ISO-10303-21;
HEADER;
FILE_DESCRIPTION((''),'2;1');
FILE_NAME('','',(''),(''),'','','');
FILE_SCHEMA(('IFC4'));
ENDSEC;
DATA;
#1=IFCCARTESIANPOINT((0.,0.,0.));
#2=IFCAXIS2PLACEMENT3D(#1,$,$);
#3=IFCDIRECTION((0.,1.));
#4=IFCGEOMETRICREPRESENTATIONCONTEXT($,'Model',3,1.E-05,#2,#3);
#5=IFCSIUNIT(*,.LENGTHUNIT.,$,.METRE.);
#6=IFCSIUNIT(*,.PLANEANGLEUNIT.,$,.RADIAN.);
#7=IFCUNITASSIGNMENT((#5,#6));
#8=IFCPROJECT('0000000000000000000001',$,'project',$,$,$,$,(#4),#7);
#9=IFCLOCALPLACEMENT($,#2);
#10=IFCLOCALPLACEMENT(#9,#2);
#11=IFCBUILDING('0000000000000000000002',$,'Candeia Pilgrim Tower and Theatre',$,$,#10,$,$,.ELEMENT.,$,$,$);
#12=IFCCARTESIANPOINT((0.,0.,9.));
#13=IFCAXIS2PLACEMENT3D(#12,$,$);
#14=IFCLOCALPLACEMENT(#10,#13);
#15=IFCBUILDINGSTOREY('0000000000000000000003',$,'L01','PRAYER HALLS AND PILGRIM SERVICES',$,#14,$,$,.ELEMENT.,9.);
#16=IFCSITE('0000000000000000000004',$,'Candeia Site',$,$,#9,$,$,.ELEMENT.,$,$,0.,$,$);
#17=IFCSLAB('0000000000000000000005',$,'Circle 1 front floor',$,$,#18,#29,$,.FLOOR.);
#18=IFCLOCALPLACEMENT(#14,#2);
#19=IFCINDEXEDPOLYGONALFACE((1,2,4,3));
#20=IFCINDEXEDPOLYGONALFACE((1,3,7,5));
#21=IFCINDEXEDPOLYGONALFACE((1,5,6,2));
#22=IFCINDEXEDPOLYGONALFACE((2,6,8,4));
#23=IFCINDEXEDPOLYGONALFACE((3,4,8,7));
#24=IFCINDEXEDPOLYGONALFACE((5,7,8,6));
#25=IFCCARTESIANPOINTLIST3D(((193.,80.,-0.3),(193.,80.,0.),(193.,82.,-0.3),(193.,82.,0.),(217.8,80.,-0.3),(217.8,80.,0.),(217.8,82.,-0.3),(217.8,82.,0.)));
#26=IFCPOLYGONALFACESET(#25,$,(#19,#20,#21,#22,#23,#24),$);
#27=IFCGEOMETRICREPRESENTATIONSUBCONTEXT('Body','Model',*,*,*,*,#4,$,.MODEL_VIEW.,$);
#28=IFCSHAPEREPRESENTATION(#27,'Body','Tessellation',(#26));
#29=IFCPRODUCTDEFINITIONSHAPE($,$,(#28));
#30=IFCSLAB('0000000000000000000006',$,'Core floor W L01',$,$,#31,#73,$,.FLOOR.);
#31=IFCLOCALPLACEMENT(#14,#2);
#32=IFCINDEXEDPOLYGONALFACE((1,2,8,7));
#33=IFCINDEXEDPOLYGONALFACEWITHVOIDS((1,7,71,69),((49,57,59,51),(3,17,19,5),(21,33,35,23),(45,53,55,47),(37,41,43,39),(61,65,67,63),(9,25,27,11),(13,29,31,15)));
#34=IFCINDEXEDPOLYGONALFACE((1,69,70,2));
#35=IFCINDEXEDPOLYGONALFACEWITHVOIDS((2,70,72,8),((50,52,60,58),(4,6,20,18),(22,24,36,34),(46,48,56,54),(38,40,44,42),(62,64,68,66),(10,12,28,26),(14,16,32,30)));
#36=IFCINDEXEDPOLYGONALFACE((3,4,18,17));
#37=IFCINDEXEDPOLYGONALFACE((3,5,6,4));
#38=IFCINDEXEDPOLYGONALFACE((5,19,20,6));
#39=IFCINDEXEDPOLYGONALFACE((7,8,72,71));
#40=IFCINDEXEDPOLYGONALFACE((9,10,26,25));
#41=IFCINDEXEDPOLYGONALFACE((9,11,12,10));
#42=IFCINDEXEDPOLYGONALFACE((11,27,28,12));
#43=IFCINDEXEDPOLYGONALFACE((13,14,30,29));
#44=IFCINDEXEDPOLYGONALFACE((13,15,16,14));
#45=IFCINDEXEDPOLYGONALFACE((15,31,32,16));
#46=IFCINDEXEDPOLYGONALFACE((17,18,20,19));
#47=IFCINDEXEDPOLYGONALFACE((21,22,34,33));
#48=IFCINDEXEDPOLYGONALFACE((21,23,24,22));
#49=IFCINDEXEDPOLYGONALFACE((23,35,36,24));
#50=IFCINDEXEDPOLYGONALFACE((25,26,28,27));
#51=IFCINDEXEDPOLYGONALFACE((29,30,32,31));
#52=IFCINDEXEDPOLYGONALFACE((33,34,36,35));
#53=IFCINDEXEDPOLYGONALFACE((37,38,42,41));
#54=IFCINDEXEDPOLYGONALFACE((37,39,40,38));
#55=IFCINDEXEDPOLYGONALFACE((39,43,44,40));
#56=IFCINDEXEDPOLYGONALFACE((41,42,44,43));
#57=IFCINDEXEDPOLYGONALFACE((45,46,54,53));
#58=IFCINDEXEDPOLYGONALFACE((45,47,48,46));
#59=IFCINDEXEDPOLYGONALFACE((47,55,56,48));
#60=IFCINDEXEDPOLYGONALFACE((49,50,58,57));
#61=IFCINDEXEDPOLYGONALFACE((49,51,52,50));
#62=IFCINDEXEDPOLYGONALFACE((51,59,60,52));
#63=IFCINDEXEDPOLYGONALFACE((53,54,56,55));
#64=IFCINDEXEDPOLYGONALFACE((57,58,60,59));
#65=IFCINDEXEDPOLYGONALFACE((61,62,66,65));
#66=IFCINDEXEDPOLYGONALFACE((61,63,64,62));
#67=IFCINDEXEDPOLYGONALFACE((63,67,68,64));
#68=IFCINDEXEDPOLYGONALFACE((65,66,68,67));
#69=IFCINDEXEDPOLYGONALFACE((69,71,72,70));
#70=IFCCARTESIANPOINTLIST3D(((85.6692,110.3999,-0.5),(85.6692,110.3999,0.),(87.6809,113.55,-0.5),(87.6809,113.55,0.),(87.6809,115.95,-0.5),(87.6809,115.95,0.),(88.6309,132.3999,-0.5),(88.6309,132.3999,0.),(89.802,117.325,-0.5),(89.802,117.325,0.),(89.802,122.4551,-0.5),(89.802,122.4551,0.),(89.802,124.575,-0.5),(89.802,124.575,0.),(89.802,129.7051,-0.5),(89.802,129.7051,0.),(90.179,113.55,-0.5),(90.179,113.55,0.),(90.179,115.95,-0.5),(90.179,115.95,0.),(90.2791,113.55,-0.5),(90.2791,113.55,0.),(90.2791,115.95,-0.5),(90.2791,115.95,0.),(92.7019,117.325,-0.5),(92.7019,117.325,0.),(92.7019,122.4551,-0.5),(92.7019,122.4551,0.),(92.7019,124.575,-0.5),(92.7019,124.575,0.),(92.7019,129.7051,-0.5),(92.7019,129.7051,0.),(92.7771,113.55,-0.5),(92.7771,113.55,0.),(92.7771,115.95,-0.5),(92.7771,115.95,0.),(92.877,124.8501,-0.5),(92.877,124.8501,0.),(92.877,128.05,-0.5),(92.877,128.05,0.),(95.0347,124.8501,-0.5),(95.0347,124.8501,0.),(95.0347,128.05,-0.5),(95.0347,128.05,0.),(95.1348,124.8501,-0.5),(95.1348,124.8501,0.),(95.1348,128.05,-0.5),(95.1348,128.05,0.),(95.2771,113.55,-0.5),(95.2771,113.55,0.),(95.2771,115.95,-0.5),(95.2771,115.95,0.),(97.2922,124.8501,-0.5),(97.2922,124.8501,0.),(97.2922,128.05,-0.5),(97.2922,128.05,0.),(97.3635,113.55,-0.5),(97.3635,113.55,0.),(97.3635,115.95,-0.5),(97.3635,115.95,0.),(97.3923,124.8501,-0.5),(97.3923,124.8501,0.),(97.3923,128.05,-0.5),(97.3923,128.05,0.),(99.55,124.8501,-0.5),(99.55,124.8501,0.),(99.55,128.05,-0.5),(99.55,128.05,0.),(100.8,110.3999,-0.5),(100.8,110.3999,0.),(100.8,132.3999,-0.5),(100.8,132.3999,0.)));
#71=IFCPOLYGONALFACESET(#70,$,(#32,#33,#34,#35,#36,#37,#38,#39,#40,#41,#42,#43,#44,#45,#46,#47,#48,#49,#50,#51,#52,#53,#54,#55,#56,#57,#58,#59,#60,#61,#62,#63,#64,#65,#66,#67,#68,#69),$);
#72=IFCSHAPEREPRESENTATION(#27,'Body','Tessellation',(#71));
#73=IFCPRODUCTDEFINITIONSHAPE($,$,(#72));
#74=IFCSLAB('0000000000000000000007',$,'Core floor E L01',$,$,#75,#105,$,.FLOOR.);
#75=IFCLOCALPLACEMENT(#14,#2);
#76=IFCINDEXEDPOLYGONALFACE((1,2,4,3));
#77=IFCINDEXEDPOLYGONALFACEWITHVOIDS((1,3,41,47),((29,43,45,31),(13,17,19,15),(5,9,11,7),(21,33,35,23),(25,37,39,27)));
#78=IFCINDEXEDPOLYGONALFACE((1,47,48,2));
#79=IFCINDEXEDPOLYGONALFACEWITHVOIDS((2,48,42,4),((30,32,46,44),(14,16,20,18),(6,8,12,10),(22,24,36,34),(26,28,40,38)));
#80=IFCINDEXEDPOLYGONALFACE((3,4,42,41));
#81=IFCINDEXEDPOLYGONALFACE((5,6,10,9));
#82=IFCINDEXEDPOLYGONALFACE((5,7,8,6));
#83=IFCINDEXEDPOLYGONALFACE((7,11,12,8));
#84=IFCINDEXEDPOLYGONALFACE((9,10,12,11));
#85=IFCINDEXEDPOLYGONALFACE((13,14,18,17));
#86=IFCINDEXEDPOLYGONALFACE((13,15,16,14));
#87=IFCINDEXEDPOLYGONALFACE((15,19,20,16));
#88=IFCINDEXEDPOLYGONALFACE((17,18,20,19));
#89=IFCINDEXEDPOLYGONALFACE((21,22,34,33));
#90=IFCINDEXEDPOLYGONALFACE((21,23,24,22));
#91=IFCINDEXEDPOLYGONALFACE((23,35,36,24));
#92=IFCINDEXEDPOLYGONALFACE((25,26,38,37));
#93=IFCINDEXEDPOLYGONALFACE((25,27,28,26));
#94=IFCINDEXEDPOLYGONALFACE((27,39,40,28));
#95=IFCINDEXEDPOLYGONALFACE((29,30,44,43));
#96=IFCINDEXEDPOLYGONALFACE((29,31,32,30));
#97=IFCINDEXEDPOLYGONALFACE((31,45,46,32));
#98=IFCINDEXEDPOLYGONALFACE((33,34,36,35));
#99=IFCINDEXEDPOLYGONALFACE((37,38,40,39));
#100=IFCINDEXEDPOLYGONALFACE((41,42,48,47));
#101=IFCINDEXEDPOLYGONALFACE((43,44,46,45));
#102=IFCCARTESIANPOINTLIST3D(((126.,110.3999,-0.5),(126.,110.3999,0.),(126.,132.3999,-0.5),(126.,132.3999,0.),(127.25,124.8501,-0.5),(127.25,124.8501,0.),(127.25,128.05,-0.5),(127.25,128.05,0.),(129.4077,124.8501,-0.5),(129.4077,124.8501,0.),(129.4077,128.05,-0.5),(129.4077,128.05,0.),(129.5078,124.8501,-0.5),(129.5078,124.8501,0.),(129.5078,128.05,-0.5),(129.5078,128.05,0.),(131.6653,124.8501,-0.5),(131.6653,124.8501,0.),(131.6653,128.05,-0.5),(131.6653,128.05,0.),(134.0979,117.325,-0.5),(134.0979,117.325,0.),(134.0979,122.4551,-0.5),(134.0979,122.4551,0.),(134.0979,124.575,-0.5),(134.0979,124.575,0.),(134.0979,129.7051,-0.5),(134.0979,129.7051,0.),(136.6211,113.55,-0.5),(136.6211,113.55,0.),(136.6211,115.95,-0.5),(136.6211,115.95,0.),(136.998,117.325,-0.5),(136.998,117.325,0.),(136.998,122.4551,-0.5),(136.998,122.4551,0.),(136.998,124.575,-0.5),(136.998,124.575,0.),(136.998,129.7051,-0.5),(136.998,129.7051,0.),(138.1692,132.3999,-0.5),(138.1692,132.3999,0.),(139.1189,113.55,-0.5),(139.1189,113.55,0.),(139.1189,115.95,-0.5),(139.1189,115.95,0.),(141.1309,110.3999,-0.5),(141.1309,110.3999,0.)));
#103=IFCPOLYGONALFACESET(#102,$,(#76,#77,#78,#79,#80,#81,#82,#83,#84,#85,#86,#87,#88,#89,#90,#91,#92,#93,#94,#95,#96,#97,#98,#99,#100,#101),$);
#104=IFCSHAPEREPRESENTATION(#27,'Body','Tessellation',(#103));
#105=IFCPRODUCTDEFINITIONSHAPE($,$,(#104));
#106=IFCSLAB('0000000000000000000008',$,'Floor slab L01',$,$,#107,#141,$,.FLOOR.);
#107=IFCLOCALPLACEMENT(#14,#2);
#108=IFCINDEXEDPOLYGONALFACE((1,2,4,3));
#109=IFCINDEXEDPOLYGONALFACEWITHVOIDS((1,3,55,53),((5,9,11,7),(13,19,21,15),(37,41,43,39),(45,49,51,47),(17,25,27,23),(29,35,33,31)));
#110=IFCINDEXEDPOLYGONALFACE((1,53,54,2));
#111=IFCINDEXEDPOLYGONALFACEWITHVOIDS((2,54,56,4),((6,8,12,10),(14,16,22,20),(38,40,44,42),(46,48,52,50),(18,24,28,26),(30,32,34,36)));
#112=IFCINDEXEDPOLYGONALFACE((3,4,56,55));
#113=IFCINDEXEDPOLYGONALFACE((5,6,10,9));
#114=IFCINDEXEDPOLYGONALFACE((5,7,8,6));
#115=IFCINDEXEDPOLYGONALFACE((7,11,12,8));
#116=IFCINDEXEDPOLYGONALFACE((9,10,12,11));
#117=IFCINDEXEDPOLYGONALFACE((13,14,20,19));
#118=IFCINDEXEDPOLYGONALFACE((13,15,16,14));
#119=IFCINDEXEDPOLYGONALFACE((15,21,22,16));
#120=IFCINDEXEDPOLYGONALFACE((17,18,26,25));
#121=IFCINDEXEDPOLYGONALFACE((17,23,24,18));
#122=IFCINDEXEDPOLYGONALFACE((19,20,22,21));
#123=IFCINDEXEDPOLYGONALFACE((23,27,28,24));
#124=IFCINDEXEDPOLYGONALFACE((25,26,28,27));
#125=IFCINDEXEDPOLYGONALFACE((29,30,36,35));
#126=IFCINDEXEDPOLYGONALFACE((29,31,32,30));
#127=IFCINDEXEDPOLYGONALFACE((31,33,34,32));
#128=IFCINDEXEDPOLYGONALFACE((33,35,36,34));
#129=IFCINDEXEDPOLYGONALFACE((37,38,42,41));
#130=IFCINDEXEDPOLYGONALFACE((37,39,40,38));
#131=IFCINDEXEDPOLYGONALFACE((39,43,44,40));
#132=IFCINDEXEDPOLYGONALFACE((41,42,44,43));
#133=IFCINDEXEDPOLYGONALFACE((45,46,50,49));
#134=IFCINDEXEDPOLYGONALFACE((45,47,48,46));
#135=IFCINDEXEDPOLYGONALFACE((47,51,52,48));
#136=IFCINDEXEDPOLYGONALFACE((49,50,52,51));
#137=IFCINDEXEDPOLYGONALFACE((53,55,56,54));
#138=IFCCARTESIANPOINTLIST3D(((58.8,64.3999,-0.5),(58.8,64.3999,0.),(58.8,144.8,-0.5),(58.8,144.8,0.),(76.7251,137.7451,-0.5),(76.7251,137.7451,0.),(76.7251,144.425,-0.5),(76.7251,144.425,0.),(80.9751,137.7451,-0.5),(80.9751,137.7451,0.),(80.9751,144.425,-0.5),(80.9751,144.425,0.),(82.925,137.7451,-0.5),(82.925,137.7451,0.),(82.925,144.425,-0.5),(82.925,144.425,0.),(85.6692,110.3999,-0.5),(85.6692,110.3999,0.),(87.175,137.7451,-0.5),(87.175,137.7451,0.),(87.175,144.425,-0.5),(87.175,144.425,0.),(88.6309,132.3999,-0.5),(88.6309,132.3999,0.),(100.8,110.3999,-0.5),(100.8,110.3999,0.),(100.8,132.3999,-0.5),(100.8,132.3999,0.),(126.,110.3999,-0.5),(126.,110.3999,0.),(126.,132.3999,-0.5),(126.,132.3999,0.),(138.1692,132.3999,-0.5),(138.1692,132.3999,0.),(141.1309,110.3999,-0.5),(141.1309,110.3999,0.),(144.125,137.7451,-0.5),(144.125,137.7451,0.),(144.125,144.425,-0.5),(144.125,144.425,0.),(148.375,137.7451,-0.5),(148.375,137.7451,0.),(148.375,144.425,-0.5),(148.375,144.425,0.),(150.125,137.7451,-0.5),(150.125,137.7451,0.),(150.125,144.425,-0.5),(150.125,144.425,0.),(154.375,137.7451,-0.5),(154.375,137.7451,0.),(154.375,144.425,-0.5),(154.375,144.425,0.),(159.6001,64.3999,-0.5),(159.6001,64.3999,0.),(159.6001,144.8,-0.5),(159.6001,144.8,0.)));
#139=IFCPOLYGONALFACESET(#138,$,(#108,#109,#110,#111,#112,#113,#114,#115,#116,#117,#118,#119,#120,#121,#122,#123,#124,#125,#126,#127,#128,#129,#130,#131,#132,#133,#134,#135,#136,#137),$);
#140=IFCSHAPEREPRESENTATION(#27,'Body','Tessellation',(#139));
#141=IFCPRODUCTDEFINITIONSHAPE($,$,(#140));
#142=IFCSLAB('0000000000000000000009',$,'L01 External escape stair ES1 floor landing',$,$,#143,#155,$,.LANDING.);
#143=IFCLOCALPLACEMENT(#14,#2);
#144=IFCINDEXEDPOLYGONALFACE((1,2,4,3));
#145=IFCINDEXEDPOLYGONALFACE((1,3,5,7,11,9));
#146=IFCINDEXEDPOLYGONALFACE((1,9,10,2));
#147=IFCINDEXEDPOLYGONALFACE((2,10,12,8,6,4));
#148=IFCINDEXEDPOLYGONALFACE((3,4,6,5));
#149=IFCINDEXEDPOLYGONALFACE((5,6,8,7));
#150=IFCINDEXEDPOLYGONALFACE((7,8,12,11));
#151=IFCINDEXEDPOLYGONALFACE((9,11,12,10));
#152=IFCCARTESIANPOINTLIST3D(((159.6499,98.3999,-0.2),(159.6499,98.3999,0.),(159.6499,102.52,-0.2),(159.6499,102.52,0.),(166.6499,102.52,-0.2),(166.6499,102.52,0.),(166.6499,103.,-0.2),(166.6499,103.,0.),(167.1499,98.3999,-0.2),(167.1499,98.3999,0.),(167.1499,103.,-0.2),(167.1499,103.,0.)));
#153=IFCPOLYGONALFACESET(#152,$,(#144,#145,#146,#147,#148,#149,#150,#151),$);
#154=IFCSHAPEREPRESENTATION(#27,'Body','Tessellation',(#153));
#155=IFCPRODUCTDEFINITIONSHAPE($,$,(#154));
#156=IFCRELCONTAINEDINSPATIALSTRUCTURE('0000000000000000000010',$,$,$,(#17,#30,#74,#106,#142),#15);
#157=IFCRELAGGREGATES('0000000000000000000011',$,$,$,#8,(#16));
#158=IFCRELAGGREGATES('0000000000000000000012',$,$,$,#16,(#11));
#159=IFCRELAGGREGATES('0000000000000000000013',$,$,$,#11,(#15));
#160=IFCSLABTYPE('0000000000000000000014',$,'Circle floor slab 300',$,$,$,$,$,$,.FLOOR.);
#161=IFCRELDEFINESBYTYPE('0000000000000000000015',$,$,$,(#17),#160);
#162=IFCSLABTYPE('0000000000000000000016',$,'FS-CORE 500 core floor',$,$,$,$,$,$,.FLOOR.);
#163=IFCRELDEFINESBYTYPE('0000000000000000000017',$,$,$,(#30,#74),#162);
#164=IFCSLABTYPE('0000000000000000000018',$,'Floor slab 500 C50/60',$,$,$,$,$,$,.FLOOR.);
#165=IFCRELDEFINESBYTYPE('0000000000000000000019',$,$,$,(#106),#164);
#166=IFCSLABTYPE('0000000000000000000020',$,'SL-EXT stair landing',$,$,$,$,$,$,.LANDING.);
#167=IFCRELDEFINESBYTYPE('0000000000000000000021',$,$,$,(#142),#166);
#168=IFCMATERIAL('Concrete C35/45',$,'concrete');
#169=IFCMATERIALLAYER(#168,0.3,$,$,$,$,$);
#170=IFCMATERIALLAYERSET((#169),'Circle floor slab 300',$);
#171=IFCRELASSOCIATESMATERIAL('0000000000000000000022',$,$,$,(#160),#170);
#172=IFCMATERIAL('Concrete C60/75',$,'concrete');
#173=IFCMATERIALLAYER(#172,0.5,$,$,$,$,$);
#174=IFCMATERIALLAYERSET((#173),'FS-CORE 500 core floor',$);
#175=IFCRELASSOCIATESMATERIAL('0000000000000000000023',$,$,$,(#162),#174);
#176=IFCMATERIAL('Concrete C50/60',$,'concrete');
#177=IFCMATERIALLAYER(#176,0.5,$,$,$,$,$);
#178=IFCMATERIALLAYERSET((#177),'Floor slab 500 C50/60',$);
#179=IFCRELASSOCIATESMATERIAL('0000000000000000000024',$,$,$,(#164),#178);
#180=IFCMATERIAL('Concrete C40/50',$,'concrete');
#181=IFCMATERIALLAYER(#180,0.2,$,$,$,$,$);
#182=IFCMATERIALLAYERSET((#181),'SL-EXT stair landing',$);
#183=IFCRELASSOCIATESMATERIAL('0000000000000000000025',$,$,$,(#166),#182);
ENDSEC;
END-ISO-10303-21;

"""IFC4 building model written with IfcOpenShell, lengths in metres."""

from ifc_helpers import new_model, si_unit, direction, frame, origin, place, context, subcontext, project, spatial, polyline, outline, extrude, material, layer, layer_set, type_object, element, save


model = new_model("IFC4")

# Units and contexts
model_context = context("Model", 3, precision=1e-05, world=origin(), true_north=direction((0.0, 1.0)))
body_context = subcontext(model_context, "Body", "Model", "MODEL_VIEW")
ifc_project = project(units=[si_unit("LENGTHUNIT", "METRE"), si_unit("PLANEANGLEUNIT", "RADIAN")], contexts=[model_context])

# Site, building, storey
site_placement = place(None, origin())
site = spatial("IfcSite", under=ifc_project, at=site_placement, Name="Candeia Site", CompositionType="ELEMENT", RefElevation=0.0)
building_placement = place(site_placement, origin())
building = spatial("IfcBuilding", under=site, at=building_placement, Name="Candeia Pilgrim Tower and Theatre", CompositionType="ELEMENT")
storey_placement = place(building_placement, frame((0.0, 0.0, 9.0)))
storey = spatial("IfcBuildingStorey", under=building, at=storey_placement, Name="L01", Description="PRAYER HALLS AND PILGRIM SERVICES", CompositionType="ELEMENT", Elevation=9.0)

# Slabs
ifc_material_1 = material(Name="Concrete C35/45", Category="concrete")
ifc_layer_1 = layer(ifc_material_1, 0.3)
ifc_layer_set_1 = layer_set([ifc_layer_1], Name="Circle floor slab 300")
slab_type_1 = type_object("IfcSlabType", Name="Circle floor slab 300", PredefinedType="FLOOR", material=ifc_layer_set_1)
slab_1_placement = place(storey_placement, frame((0.0, 0.0, -0.3)))
element("IfcSlab", 1, at=slab_1_placement, inside=storey, type_object=slab_type_1, Name="Circle 1 front floor", PredefinedType="FLOOR", context=body_context, shape_type="SweptSolid", body=[
    extrude(outline(polyline([(193.0, 80.0), (217.8, 80.0), (217.8, 82.0), (193.0, 82.0), (193.0, 80.0)])), origin(), (0.0, 0.0, 1.0), 0.3),
])
ifc_material_2 = material(Name="Concrete C60/75", Category="concrete")
ifc_layer_2 = layer(ifc_material_2, 0.5)
ifc_layer_set_2 = layer_set([ifc_layer_2], Name="FS-CORE 500 core floor")
slab_type_2 = type_object("IfcSlabType", Name="FS-CORE 500 core floor", PredefinedType="FLOOR", material=ifc_layer_set_2)
slab_2_placement = place(storey_placement, frame((0.0, 0.0, -0.5)))
element("IfcSlab", 2, at=slab_2_placement, inside=storey, type_object=slab_type_2, Name="Core floor W L01", PredefinedType="FLOOR", context=body_context, shape_type="SweptSolid", body=[
    extrude(outline(polyline([(100.8, 132.3999), (100.8, 110.3999), (85.6692, 110.3999), (88.6309, 132.3999), (100.8, 132.3999)]), holes=[polyline([(97.3923, 128.05), (97.3923, 124.8501), (99.55, 124.8501), (99.55, 128.05), (97.3923, 128.05)]), polyline([(95.2771, 115.95), (95.2771, 113.55), (97.3635, 113.55), (97.3635, 115.95), (95.2771, 115.95)]), polyline([(95.1348, 128.05), (95.1348, 124.8501), (97.2922, 124.8501), (97.2922, 128.05), (95.1348, 128.05)]), polyline([(92.877, 128.05), (92.877, 124.8501), (95.0347, 124.8501), (95.0347, 128.05), (92.877, 128.05)]), polyline([(90.2791, 115.95), (90.2791, 113.55), (92.7771, 113.55), (92.7771, 115.95), (90.2791, 115.95)]), polyline([(89.802, 122.4551), (89.802, 117.325), (92.7019, 117.325), (92.7019, 122.4551), (89.802, 122.4551)]), polyline([(89.802, 129.7051), (89.802, 124.575), (92.7019, 124.575), (92.7019, 129.7051), (89.802, 129.7051)]), polyline([(87.6809, 115.95), (87.6809, 113.55), (90.179, 113.55), (90.179, 115.95), (87.6809, 115.95)])]), origin(), (0.0, 0.0, 1.0), 0.5),
])
slab_3_placement = place(storey_placement, frame((0.0, 0.0, -0.5)))
element("IfcSlab", 3, at=slab_3_placement, inside=storey, type_object=slab_type_2, Name="Core floor E L01", PredefinedType="FLOOR", context=body_context, shape_type="SweptSolid", body=[
    extrude(outline(polyline([(138.1692, 132.3999), (141.1309, 110.3999), (126.0, 110.3999), (126.0, 132.3999), (138.1692, 132.3999)]), holes=[polyline([(136.6211, 115.95), (136.6211, 113.55), (139.1189, 113.55), (139.1189, 115.95), (136.6211, 115.95)]), polyline([(134.0979, 117.325), (136.998, 117.325), (136.998, 122.4551), (134.0979, 122.4551), (134.0979, 117.325)]), polyline([(134.0979, 129.7051), (134.0979, 124.575), (136.998, 124.575), (136.998, 129.7051), (134.0979, 129.7051)]), polyline([(131.6653, 128.05), (129.5078, 128.05), (129.5078, 124.8501), (131.6653, 124.8501), (131.6653, 128.05)]), polyline([(127.25, 128.05), (127.25, 124.8501), (129.4077, 124.8501), (129.4077, 128.05), (127.25, 128.05)])]), origin(), (0.0, 0.0, 1.0), 0.5),
])
ifc_material_3 = material(Name="Concrete C50/60", Category="concrete")
ifc_layer_3 = layer(ifc_material_3, 0.5)
ifc_layer_set_3 = layer_set([ifc_layer_3], Name="Floor slab 500 C50/60")
slab_type_3 = type_object("IfcSlabType", Name="Floor slab 500 C50/60", PredefinedType="FLOOR", material=ifc_layer_set_3)
slab_4_placement = place(storey_placement, frame((0.0, 0.0, -0.5)))
element("IfcSlab", 4, at=slab_4_placement, inside=storey, type_object=slab_type_3, Name="Floor slab L01", PredefinedType="FLOOR", context=body_context, shape_type="SweptSolid", body=[
    extrude(outline(polyline([(58.8, 144.8), (159.6001, 144.8), (159.6001, 64.3999), (58.8, 64.3999), (58.8, 144.8)]), holes=[polyline([(85.6692, 110.3999), (100.8, 110.3999), (100.8, 132.3999), (88.6309, 132.3999), (85.6692, 110.3999)]), polyline([(126.0, 110.3999), (141.1309, 110.3999), (138.1692, 132.3999), (126.0, 132.3999), (126.0, 110.3999)]), polyline([(80.9751, 144.425), (76.7251, 144.425), (76.7251, 137.7451), (80.9751, 137.7451), (80.9751, 144.425)]), polyline([(87.175, 144.425), (82.925, 144.425), (82.925, 137.7451), (87.175, 137.7451), (87.175, 144.425)]), polyline([(148.375, 144.425), (144.125, 144.425), (144.125, 137.7451), (148.375, 137.7451), (148.375, 144.425)]), polyline([(154.375, 144.425), (150.125, 144.425), (150.125, 137.7451), (154.375, 137.7451), (154.375, 144.425)])]), origin(), (0.0, 0.0, 1.0), 0.5),
])
ifc_material_4 = material(Name="Concrete C40/50", Category="concrete")
ifc_layer_4 = layer(ifc_material_4, 0.2)
ifc_layer_set_4 = layer_set([ifc_layer_4], Name="SL-EXT stair landing")
slab_type_4 = type_object("IfcSlabType", Name="SL-EXT stair landing", PredefinedType="LANDING", material=ifc_layer_set_4)
slab_5_placement = place(storey_placement, frame((0.0, 0.0, -0.2)))
element("IfcSlab", 5, at=slab_5_placement, inside=storey, type_object=slab_type_4, Name="L01 External escape stair ES1 floor landing", PredefinedType="LANDING", context=body_context, shape_type="SweptSolid", body=[
    extrude(outline(polyline([(159.6499, 98.3999), (159.6499, 102.52), (166.6499, 102.52), (166.6499, 103.0), (167.1499, 103.0), (167.1499, 98.3999), (159.6499, 98.3999)])), origin(), (0.0, 0.0, 1.0), 0.2),
])

save(model, "model.ifc")
